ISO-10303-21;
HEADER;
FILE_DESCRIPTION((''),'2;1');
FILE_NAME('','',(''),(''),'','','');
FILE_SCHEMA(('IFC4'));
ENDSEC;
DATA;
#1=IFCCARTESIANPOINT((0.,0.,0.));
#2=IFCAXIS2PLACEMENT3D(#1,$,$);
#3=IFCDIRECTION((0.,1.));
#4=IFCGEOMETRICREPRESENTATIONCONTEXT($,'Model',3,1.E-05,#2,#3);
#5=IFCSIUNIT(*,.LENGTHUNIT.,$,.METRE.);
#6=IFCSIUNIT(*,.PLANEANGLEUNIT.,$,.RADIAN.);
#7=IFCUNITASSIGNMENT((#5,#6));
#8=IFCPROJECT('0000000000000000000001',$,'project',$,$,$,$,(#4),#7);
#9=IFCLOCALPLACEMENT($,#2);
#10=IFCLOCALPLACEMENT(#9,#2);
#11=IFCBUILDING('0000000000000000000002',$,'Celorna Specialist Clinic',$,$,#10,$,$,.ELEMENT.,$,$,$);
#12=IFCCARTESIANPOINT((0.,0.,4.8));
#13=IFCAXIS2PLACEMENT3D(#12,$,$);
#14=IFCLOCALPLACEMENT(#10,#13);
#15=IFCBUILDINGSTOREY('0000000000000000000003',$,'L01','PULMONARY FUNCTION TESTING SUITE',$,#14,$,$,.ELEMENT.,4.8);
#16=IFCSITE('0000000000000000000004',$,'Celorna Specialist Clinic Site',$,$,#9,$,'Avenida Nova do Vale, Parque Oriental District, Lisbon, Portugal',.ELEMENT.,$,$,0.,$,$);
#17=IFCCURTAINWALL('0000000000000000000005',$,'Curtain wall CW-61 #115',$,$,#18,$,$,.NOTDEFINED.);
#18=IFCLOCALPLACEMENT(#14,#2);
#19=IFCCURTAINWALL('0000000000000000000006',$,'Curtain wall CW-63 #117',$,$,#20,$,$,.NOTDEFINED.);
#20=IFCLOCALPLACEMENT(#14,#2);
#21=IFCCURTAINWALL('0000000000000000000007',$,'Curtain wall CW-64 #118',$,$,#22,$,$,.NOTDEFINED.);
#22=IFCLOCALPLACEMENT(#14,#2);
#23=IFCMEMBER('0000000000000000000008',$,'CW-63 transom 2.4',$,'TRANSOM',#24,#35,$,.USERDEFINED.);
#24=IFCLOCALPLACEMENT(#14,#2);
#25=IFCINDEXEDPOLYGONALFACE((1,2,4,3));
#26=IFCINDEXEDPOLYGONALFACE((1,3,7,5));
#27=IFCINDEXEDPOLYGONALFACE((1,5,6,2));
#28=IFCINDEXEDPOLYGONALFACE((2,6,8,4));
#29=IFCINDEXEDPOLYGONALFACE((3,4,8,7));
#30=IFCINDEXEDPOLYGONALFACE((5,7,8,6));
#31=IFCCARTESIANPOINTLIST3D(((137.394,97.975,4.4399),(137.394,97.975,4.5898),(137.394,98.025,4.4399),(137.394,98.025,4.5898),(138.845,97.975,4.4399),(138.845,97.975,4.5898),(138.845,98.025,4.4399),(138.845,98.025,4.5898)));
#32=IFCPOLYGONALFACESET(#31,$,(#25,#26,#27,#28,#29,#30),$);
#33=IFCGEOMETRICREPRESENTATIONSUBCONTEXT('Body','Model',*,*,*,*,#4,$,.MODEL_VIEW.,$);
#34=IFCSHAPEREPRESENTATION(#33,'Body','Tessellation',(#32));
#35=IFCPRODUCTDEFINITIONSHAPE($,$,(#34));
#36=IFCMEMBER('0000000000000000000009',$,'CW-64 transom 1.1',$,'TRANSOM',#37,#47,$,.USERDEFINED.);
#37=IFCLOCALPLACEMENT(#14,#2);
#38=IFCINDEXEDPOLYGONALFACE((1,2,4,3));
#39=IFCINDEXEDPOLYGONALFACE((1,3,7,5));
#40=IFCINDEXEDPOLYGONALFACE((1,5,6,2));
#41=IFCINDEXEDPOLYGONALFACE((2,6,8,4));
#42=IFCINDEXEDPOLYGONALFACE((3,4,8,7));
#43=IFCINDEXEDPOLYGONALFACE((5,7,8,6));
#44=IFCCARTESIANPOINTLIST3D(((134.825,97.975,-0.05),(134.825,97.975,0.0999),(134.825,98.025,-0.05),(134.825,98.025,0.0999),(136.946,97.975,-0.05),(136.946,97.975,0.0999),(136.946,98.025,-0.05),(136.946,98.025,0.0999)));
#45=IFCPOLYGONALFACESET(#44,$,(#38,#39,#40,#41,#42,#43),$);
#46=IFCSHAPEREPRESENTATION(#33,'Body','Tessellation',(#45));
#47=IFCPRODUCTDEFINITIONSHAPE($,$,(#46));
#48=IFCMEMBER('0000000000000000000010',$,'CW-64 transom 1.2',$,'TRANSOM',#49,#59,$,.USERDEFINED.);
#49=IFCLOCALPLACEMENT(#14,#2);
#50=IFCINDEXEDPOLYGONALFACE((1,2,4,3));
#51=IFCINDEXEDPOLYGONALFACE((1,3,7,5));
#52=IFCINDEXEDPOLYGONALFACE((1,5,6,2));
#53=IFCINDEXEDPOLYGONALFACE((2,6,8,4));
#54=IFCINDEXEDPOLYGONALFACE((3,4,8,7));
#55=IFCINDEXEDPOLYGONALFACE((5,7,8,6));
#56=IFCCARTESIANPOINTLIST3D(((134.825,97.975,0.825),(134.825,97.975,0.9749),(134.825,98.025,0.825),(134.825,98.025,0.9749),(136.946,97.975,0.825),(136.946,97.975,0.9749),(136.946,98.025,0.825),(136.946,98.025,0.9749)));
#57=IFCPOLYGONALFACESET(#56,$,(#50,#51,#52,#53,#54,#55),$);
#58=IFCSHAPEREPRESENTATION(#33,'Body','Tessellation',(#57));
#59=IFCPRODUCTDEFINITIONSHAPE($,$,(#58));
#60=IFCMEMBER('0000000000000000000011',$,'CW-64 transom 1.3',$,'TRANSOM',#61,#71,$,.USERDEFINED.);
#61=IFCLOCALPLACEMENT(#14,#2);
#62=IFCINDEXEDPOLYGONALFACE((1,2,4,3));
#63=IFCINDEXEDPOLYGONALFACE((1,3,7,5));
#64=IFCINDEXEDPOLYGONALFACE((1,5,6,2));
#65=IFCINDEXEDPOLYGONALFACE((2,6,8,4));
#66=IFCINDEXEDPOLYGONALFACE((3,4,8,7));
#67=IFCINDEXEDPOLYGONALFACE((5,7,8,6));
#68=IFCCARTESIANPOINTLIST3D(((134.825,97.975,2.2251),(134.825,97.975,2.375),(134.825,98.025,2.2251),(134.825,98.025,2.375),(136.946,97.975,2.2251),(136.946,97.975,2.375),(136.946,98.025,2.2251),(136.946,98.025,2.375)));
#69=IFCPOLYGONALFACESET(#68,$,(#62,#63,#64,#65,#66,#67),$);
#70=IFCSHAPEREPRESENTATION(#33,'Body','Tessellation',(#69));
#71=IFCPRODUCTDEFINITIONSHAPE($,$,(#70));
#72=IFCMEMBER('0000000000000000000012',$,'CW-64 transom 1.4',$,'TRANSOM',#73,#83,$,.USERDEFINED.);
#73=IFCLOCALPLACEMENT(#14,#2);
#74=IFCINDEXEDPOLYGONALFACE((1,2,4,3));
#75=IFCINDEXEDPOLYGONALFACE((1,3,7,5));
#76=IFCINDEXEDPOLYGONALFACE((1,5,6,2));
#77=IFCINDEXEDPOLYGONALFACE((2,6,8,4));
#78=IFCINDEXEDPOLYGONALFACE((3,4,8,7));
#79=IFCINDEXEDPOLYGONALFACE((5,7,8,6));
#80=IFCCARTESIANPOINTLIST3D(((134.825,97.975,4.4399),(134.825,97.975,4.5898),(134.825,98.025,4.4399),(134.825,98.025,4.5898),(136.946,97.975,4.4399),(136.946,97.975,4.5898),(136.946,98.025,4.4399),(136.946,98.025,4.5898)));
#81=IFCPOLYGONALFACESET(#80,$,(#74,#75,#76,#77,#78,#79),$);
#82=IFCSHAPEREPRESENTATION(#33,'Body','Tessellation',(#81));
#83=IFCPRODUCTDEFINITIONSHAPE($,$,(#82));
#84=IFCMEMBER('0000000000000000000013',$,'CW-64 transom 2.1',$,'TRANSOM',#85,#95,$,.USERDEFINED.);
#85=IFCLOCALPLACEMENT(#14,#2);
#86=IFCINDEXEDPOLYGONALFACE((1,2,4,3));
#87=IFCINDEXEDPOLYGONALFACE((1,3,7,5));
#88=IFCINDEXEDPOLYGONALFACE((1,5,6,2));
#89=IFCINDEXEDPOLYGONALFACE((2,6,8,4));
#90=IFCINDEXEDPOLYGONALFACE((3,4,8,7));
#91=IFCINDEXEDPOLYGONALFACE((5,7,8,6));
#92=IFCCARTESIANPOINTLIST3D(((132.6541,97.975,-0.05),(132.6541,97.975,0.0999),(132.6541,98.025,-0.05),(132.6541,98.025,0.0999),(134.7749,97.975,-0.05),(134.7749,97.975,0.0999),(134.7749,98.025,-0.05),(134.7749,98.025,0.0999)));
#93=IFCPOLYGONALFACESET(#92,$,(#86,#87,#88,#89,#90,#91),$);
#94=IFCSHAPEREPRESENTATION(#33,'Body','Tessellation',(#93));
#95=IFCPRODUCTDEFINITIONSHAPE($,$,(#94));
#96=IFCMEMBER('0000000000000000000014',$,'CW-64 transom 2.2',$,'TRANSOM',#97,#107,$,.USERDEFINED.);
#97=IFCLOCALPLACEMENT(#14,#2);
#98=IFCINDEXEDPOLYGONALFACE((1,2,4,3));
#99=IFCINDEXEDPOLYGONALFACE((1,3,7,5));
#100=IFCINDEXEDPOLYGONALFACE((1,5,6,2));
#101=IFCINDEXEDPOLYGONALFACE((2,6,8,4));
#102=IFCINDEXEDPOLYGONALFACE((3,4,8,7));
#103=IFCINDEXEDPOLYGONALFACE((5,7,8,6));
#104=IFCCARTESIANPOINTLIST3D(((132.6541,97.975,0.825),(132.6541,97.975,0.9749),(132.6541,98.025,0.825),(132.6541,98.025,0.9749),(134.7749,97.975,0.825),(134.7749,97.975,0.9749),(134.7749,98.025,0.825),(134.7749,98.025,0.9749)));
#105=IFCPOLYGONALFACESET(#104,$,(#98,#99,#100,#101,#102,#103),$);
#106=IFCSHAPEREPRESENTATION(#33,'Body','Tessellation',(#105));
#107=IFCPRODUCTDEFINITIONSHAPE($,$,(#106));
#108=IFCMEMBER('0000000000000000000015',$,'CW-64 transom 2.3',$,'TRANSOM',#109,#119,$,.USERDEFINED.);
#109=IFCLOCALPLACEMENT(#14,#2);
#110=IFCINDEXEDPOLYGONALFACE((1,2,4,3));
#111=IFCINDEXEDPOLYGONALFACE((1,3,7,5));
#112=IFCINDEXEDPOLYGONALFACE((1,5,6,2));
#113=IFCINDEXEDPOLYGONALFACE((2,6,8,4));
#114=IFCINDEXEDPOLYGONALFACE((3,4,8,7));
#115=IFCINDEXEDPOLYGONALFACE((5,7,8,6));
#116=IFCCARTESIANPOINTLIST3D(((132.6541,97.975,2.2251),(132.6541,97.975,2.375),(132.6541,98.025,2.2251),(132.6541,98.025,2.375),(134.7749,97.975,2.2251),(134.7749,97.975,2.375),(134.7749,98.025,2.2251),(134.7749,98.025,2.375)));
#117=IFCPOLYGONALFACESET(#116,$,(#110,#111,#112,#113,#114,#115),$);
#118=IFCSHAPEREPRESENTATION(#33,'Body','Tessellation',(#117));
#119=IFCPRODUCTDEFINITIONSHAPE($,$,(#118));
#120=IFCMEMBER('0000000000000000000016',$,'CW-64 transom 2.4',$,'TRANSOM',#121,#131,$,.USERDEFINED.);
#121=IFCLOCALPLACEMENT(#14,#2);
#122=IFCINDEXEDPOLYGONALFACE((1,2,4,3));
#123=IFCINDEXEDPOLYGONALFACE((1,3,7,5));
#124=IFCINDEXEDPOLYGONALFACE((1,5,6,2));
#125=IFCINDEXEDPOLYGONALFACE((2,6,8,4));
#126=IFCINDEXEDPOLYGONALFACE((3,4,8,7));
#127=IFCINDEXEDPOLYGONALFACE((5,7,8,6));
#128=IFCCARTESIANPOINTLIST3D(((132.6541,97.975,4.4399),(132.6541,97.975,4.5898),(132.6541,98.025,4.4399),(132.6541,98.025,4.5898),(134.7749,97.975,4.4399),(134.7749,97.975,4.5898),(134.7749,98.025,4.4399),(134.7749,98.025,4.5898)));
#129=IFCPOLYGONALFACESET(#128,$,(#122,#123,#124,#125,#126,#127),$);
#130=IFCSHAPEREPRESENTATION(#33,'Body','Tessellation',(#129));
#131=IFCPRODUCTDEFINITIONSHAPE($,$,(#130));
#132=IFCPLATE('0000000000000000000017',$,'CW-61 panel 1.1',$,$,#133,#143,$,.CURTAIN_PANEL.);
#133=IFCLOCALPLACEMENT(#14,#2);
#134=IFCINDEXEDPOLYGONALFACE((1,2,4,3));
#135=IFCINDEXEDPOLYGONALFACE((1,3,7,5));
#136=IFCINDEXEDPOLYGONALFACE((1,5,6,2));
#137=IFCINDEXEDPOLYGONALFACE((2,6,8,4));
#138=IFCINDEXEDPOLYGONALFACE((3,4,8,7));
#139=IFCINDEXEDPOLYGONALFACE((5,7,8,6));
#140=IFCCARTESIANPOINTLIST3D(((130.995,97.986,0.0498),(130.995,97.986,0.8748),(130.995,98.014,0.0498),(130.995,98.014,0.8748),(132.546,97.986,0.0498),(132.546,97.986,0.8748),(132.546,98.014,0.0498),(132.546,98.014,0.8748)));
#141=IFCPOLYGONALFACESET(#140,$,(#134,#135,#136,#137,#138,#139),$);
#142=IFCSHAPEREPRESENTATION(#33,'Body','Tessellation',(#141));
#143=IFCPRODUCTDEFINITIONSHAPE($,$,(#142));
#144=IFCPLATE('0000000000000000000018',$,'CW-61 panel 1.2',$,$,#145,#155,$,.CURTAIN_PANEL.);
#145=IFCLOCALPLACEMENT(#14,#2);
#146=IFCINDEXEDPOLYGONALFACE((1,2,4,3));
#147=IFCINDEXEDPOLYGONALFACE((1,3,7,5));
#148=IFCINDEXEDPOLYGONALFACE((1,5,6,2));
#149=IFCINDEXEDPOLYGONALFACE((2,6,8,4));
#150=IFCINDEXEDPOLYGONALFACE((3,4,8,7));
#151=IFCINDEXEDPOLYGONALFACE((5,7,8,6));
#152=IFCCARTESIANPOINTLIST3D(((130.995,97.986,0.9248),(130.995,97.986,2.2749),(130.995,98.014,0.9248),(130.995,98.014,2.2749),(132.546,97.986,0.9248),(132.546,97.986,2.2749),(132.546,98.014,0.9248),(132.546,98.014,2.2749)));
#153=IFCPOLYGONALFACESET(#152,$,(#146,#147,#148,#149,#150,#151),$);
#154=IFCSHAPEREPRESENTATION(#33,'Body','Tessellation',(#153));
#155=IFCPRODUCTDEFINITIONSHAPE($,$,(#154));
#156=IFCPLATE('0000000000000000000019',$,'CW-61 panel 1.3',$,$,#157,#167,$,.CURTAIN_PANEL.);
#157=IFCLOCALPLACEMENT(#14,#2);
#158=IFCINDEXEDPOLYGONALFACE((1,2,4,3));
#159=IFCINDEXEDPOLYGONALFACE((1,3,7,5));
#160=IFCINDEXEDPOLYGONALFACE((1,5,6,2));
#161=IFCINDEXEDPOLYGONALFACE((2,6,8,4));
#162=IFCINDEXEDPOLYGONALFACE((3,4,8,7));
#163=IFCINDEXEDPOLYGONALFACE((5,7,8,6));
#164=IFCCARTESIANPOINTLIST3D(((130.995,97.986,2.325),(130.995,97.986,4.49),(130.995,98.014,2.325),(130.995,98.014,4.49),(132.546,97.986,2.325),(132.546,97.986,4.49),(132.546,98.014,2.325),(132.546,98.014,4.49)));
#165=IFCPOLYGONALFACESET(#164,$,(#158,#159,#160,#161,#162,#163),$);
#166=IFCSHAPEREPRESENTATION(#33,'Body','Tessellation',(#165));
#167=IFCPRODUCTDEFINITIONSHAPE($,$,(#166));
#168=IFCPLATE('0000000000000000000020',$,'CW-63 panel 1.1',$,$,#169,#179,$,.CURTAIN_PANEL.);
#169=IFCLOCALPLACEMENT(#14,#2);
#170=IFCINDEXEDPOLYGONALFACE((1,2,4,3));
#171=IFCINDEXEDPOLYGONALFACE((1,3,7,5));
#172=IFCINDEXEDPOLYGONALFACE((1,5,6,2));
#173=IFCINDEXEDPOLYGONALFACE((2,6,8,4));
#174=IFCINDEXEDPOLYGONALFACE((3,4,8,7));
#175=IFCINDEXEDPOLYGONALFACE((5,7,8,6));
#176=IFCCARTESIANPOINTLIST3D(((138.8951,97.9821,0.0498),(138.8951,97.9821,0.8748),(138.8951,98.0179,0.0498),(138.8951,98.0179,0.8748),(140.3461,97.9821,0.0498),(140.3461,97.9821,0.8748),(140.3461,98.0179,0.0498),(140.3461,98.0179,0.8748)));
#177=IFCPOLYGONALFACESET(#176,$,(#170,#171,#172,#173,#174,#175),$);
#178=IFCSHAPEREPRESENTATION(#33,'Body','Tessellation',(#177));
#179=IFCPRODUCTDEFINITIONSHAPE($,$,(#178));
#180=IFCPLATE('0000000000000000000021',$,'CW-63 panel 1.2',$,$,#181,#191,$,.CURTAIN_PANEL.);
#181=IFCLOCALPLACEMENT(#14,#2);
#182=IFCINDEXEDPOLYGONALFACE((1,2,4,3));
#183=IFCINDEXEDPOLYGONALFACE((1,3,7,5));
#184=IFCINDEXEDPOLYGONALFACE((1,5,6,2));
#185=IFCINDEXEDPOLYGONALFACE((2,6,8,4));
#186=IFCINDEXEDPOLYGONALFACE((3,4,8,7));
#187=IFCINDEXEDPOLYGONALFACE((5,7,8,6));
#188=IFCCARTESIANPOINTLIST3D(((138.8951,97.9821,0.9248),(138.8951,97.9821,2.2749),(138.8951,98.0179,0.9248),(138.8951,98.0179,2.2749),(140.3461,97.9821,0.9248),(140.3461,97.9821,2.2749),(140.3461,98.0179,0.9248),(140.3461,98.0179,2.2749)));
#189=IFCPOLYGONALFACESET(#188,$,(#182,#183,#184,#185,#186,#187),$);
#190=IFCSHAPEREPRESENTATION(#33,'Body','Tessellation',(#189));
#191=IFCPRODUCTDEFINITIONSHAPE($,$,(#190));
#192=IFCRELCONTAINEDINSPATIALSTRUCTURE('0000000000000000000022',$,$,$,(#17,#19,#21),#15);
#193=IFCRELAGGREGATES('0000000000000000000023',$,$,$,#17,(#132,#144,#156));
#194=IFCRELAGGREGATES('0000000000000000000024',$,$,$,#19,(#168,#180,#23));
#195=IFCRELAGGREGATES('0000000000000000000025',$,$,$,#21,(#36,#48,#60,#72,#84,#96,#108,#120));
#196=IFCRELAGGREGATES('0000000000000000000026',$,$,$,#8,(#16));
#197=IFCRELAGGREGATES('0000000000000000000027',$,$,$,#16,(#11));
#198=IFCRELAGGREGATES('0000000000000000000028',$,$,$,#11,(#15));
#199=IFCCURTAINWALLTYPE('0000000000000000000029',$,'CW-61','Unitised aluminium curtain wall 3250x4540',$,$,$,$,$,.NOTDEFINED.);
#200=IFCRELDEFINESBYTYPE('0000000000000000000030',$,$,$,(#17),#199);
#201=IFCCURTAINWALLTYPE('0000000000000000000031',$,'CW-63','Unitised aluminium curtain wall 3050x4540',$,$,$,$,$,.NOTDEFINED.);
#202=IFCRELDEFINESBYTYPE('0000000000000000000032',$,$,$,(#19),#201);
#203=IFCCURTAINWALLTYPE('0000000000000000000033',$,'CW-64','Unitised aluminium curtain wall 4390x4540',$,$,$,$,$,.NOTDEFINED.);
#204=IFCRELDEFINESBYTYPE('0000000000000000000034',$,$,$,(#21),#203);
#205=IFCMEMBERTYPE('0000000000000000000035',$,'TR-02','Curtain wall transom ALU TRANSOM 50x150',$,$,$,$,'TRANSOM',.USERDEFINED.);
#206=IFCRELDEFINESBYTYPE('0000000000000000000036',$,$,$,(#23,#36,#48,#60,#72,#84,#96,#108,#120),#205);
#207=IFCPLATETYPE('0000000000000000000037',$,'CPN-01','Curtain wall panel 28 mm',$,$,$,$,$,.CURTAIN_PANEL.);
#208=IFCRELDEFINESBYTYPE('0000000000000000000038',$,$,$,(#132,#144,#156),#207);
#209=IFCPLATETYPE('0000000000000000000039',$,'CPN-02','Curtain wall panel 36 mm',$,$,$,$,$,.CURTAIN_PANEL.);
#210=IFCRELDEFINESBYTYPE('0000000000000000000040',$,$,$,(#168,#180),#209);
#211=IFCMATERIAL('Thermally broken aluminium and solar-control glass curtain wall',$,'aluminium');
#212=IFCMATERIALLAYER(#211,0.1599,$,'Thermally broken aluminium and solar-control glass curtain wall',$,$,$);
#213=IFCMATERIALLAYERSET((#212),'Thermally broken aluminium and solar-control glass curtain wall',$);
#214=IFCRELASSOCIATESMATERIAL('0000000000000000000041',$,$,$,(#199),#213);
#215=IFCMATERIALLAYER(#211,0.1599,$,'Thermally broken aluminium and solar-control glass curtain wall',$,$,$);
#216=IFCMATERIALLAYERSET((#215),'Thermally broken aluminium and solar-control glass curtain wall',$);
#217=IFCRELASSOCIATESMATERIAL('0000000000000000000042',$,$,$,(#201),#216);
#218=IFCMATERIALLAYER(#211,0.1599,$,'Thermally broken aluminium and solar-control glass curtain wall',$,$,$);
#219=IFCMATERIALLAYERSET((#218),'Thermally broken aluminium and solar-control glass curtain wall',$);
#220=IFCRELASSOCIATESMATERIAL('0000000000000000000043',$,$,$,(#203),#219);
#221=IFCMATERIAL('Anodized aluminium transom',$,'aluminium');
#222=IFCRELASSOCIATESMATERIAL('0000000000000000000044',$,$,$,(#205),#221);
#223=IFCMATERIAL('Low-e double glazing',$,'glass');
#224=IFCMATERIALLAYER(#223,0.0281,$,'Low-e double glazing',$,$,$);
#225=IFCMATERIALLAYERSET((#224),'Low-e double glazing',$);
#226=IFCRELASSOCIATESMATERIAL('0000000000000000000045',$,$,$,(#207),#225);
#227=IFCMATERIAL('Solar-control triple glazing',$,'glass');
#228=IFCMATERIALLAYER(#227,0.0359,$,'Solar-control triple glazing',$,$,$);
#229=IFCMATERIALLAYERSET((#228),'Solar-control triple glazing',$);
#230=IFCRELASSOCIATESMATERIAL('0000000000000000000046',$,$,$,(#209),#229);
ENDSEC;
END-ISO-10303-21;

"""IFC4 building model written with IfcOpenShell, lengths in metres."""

from ifc_helpers import new_model, si_unit, direction, frame, origin, origin_2d, place, context, subcontext, project, spatial, rectangle, extrude, material, layer, layer_set, material_profile, profile_set, type_object, element, aggregate, save


model = new_model("IFC4")

# Units and contexts
model_context = context("Model", 3, precision=1e-05, world=origin(), true_north=direction((0.0, 1.0)))
body_context = subcontext(model_context, "Body", "Model", "MODEL_VIEW")
ifc_project = project(units=[si_unit("LENGTHUNIT", "METRE"), si_unit("PLANEANGLEUNIT", "RADIAN")], contexts=[model_context])

# Site, building, storey
site_placement = place(None, origin())
site = spatial("IfcSite", under=ifc_project, at=site_placement, Name="Celorna Specialist Clinic Site", LongName="Avenida Nova do Vale, Parque Oriental District, Lisbon, Portugal", CompositionType="ELEMENT", RefElevation=0.0)
building_placement = place(site_placement, origin())
building = spatial("IfcBuilding", under=site, at=building_placement, Name="Celorna Specialist Clinic", CompositionType="ELEMENT")
storey_placement = place(building_placement, frame((0.0, 0.0, 4.8)))
storey = spatial("IfcBuildingStorey", under=building, at=storey_placement, Name="L01", Description="PULMONARY FUNCTION TESTING SUITE", CompositionType="ELEMENT", Elevation=4.8)

# Curtain walls
ifc_material_1 = material(Name="Thermally broken aluminium and solar-control glass curtain wall", Category="aluminium")
ifc_layer_1 = layer(ifc_material_1, 0.1599, Name="Thermally broken aluminium and solar-control glass curtain wall")
ifc_layer_set_1 = layer_set([ifc_layer_1], Name="Thermally broken aluminium and solar-control glass curtain wall")
curtain_wall_type_1 = type_object("IfcCurtainWallType", Name="CW-61", Description="Unitised aluminium curtain wall 3250x4540", PredefinedType="NOTDEFINED", material=ifc_layer_set_1)
curtain_wall_1_placement = place(storey_placement, origin())
curtain_wall_1 = element("IfcCurtainWall", 1, at=curtain_wall_1_placement, inside=storey, type_object=curtain_wall_type_1, Name="Curtain wall CW-61 #115", PredefinedType="NOTDEFINED")
ifc_layer_2 = layer(ifc_material_1, 0.1599, Name="Thermally broken aluminium and solar-control glass curtain wall")
ifc_layer_set_2 = layer_set([ifc_layer_2], Name="Thermally broken aluminium and solar-control glass curtain wall")
curtain_wall_type_2 = type_object("IfcCurtainWallType", Name="CW-63", Description="Unitised aluminium curtain wall 3050x4540", PredefinedType="NOTDEFINED", material=ifc_layer_set_2)
curtain_wall_2_placement = place(storey_placement, origin())
curtain_wall_2 = element("IfcCurtainWall", 2, at=curtain_wall_2_placement, inside=storey, type_object=curtain_wall_type_2, Name="Curtain wall CW-63 #117", PredefinedType="NOTDEFINED")
ifc_layer_3 = layer(ifc_material_1, 0.1599, Name="Thermally broken aluminium and solar-control glass curtain wall")
ifc_layer_set_3 = layer_set([ifc_layer_3], Name="Thermally broken aluminium and solar-control glass curtain wall")
curtain_wall_type_3 = type_object("IfcCurtainWallType", Name="CW-64", Description="Unitised aluminium curtain wall 4390x4540", PredefinedType="NOTDEFINED", material=ifc_layer_set_3)
curtain_wall_3_placement = place(storey_placement, origin())
curtain_wall_3 = element("IfcCurtainWall", 3, at=curtain_wall_3_placement, inside=storey, type_object=curtain_wall_type_3, Name="Curtain wall CW-64 #118", PredefinedType="NOTDEFINED")

# Members
ifc_material_2 = material(Name="Anodized aluminium transom", Category="aluminium")
ifc_material_profile_1 = material_profile(ifc_material_2, rectangle(XDim=0.05, YDim=0.1499, at=origin_2d()), Name="ALU TRANSOM 50x150")
ifc_profile_set_1 = profile_set([ifc_material_profile_1], Name="Anodized aluminium transom")
member_type_1 = type_object("IfcMemberType", Name="TR-02", Description="Curtain wall transom ALU TRANSOM 50x150", ElementType="TRANSOM", PredefinedType="USERDEFINED", material=ifc_profile_set_1)
member_1_placement = place(storey_placement, frame((138.845, 98.0, 4.5149), z_axis=(-1.0, 0.0, 0.0), x_axis=(0.0, -1.0, 0.0)))
member_1 = element("IfcMember", 4, at=member_1_placement, type_object=member_type_1, Name="CW-63 transom 2.4", ObjectType="TRANSOM", PredefinedType="USERDEFINED", context=body_context, shape_type="SweptSolid", body=[
    extrude(rectangle(XDim=0.05, YDim=0.1499, at=origin_2d()), origin(), (0.0, 0.0, 1.0), 1.4509),
])
member_2_placement = place(storey_placement, frame((136.946, 98.0, 0.0249), z_axis=(-1.0, 0.0, 0.0), x_axis=(0.0, -1.0, 0.0)))
member_2 = element("IfcMember", 5, at=member_2_placement, type_object=member_type_1, Name="CW-64 transom 1.1", ObjectType="TRANSOM", PredefinedType="USERDEFINED", context=body_context, shape_type="SweptSolid", body=[
    extrude(rectangle(XDim=0.05, YDim=0.1499, at=origin_2d()), origin(), (0.0, 0.0, 1.0), 2.1211),
])
member_3_placement = place(storey_placement, frame((136.946, 98.0, 0.8999), z_axis=(-1.0, 0.0, 0.0), x_axis=(0.0, -1.0, 0.0)))
member_3 = element("IfcMember", 6, at=member_3_placement, type_object=member_type_1, Name="CW-64 transom 1.2", ObjectType="TRANSOM", PredefinedType="USERDEFINED", context=body_context, shape_type="SweptSolid", body=[
    extrude(rectangle(XDim=0.05, YDim=0.1499, at=origin_2d()), origin(), (0.0, 0.0, 1.0), 2.1211),
])
member_4_placement = place(storey_placement, frame((136.946, 98.0, 2.3), z_axis=(-1.0, 0.0, 0.0), x_axis=(0.0, -1.0, 0.0)))
member_4 = element("IfcMember", 7, at=member_4_placement, type_object=member_type_1, Name="CW-64 transom 1.3", ObjectType="TRANSOM", PredefinedType="USERDEFINED", context=body_context, shape_type="SweptSolid", body=[
    extrude(rectangle(XDim=0.05, YDim=0.1499, at=origin_2d()), origin(), (0.0, 0.0, 1.0), 2.1211),
])
member_5_placement = place(storey_placement, frame((136.946, 98.0, 4.5149), z_axis=(-1.0, 0.0, 0.0), x_axis=(0.0, -1.0, 0.0)))
member_5 = element("IfcMember", 8, at=member_5_placement, type_object=member_type_1, Name="CW-64 transom 1.4", ObjectType="TRANSOM", PredefinedType="USERDEFINED", context=body_context, shape_type="SweptSolid", body=[
    extrude(rectangle(XDim=0.05, YDim=0.1499, at=origin_2d()), origin(), (0.0, 0.0, 1.0), 2.1211),
])
member_6_placement = place(storey_placement, frame((134.7749, 98.0, 0.0249), z_axis=(-1.0, 0.0, 0.0), x_axis=(0.0, -1.0, 0.0)))
member_6 = element("IfcMember", 9, at=member_6_placement, type_object=member_type_1, Name="CW-64 transom 2.1", ObjectType="TRANSOM", PredefinedType="USERDEFINED", context=body_context, shape_type="SweptSolid", body=[
    extrude(rectangle(XDim=0.05, YDim=0.1499, at=origin_2d()), origin(), (0.0, 0.0, 1.0), 2.1208),
])
member_7_placement = place(storey_placement, frame((134.7749, 98.0, 0.8999), z_axis=(-1.0, 0.0, 0.0), x_axis=(0.0, -1.0, 0.0)))
member_7 = element("IfcMember", 10, at=member_7_placement, type_object=member_type_1, Name="CW-64 transom 2.2", ObjectType="TRANSOM", PredefinedType="USERDEFINED", context=body_context, shape_type="SweptSolid", body=[
    extrude(rectangle(XDim=0.05, YDim=0.1499, at=origin_2d()), origin(), (0.0, 0.0, 1.0), 2.1208),
])
member_8_placement = place(storey_placement, frame((134.7749, 98.0, 2.3), z_axis=(-1.0, 0.0, 0.0), x_axis=(0.0, -1.0, 0.0)))
member_8 = element("IfcMember", 11, at=member_8_placement, type_object=member_type_1, Name="CW-64 transom 2.3", ObjectType="TRANSOM", PredefinedType="USERDEFINED", context=body_context, shape_type="SweptSolid", body=[
    extrude(rectangle(XDim=0.05, YDim=0.1499, at=origin_2d()), origin(), (0.0, 0.0, 1.0), 2.1208),
])
member_9_placement = place(storey_placement, frame((134.7749, 98.0, 4.5149), z_axis=(-1.0, 0.0, 0.0), x_axis=(0.0, -1.0, 0.0)))
member_9 = element("IfcMember", 12, at=member_9_placement, type_object=member_type_1, Name="CW-64 transom 2.4", ObjectType="TRANSOM", PredefinedType="USERDEFINED", context=body_context, shape_type="SweptSolid", body=[
    extrude(rectangle(XDim=0.05, YDim=0.1499, at=origin_2d()), origin(), (0.0, 0.0, 1.0), 2.1208),
])

# Plates
ifc_material_3 = material(Name="Low-e double glazing", Category="glass")
ifc_layer_4 = layer(ifc_material_3, 0.0281, Name="Low-e double glazing")
ifc_layer_set_4 = layer_set([ifc_layer_4], Name="Low-e double glazing")
plate_type_1 = type_object("IfcPlateType", Name="CPN-01", Description="Curtain wall panel 28 mm", PredefinedType="CURTAIN_PANEL", material=ifc_layer_set_4)
plate_1_placement = place(storey_placement, frame((131.7705, 98.0, 0.0498), z_axis=(0.0, 0.0, 1.0), x_axis=(-1.0, 0.0, 0.0)))
plate_1 = element("IfcPlate", 13, at=plate_1_placement, type_object=plate_type_1, Name="CW-61 panel 1.1", PredefinedType="CURTAIN_PANEL", context=body_context, shape_type="SweptSolid", body=[
    extrude(rectangle(XDim=1.551, YDim=0.0281, at=origin_2d()), origin(), (0.0, 0.0, 1.0), 0.825),
])
plate_2_placement = place(storey_placement, frame((131.7705, 98.0, 0.9248), z_axis=(0.0, 0.0, 1.0), x_axis=(-1.0, 0.0, 0.0)))
plate_2 = element("IfcPlate", 14, at=plate_2_placement, type_object=plate_type_1, Name="CW-61 panel 1.2", PredefinedType="CURTAIN_PANEL", context=body_context, shape_type="SweptSolid", body=[
    extrude(rectangle(XDim=1.551, YDim=0.0281, at=origin_2d()), origin(), (0.0, 0.0, 1.0), 1.3501),
])
plate_3_placement = place(storey_placement, frame((131.7705, 98.0, 2.325), z_axis=(0.0, 0.0, 1.0), x_axis=(-1.0, 0.0, 0.0)))
plate_3 = element("IfcPlate", 15, at=plate_3_placement, type_object=plate_type_1, Name="CW-61 panel 1.3", PredefinedType="CURTAIN_PANEL", context=body_context, shape_type="SweptSolid", body=[
    extrude(rectangle(XDim=1.551, YDim=0.0281, at=origin_2d()), origin(), (0.0, 0.0, 1.0), 2.165),
])
aggregate(curtain_wall_1, [plate_1, plate_2, plate_3])
ifc_material_4 = material(Name="Solar-control triple glazing", Category="glass")
ifc_layer_5 = layer(ifc_material_4, 0.0359, Name="Solar-control triple glazing")
ifc_layer_set_5 = layer_set([ifc_layer_5], Name="Solar-control triple glazing")
plate_type_2 = type_object("IfcPlateType", Name="CPN-02", Description="Curtain wall panel 36 mm", PredefinedType="CURTAIN_PANEL", material=ifc_layer_set_5)
plate_4_placement = place(storey_placement, frame((139.6206, 98.0, 0.0498), z_axis=(0.0, 0.0, 1.0), x_axis=(-1.0, 0.0, 0.0)))
plate_4 = element("IfcPlate", 16, at=plate_4_placement, type_object=plate_type_2, Name="CW-63 panel 1.1", PredefinedType="CURTAIN_PANEL", context=body_context, shape_type="SweptSolid", body=[
    extrude(rectangle(XDim=1.4509, YDim=0.0359, at=origin_2d()), origin(), (0.0, 0.0, 1.0), 0.825),
])
plate_5_placement = place(storey_placement, frame((139.6206, 98.0, 0.9248), z_axis=(0.0, 0.0, 1.0), x_axis=(-1.0, 0.0, 0.0)))
plate_5 = element("IfcPlate", 17, at=plate_5_placement, type_object=plate_type_2, Name="CW-63 panel 1.2", PredefinedType="CURTAIN_PANEL", context=body_context, shape_type="SweptSolid", body=[
    extrude(rectangle(XDim=1.4509, YDim=0.0359, at=origin_2d()), origin(), (0.0, 0.0, 1.0), 1.3501),
])
aggregate(curtain_wall_2, [plate_4, plate_5, member_1])
aggregate(curtain_wall_3, [member_2, member_3, member_4, member_5, member_6, member_7, member_8, member_9])

save(model, "model.ifc")
